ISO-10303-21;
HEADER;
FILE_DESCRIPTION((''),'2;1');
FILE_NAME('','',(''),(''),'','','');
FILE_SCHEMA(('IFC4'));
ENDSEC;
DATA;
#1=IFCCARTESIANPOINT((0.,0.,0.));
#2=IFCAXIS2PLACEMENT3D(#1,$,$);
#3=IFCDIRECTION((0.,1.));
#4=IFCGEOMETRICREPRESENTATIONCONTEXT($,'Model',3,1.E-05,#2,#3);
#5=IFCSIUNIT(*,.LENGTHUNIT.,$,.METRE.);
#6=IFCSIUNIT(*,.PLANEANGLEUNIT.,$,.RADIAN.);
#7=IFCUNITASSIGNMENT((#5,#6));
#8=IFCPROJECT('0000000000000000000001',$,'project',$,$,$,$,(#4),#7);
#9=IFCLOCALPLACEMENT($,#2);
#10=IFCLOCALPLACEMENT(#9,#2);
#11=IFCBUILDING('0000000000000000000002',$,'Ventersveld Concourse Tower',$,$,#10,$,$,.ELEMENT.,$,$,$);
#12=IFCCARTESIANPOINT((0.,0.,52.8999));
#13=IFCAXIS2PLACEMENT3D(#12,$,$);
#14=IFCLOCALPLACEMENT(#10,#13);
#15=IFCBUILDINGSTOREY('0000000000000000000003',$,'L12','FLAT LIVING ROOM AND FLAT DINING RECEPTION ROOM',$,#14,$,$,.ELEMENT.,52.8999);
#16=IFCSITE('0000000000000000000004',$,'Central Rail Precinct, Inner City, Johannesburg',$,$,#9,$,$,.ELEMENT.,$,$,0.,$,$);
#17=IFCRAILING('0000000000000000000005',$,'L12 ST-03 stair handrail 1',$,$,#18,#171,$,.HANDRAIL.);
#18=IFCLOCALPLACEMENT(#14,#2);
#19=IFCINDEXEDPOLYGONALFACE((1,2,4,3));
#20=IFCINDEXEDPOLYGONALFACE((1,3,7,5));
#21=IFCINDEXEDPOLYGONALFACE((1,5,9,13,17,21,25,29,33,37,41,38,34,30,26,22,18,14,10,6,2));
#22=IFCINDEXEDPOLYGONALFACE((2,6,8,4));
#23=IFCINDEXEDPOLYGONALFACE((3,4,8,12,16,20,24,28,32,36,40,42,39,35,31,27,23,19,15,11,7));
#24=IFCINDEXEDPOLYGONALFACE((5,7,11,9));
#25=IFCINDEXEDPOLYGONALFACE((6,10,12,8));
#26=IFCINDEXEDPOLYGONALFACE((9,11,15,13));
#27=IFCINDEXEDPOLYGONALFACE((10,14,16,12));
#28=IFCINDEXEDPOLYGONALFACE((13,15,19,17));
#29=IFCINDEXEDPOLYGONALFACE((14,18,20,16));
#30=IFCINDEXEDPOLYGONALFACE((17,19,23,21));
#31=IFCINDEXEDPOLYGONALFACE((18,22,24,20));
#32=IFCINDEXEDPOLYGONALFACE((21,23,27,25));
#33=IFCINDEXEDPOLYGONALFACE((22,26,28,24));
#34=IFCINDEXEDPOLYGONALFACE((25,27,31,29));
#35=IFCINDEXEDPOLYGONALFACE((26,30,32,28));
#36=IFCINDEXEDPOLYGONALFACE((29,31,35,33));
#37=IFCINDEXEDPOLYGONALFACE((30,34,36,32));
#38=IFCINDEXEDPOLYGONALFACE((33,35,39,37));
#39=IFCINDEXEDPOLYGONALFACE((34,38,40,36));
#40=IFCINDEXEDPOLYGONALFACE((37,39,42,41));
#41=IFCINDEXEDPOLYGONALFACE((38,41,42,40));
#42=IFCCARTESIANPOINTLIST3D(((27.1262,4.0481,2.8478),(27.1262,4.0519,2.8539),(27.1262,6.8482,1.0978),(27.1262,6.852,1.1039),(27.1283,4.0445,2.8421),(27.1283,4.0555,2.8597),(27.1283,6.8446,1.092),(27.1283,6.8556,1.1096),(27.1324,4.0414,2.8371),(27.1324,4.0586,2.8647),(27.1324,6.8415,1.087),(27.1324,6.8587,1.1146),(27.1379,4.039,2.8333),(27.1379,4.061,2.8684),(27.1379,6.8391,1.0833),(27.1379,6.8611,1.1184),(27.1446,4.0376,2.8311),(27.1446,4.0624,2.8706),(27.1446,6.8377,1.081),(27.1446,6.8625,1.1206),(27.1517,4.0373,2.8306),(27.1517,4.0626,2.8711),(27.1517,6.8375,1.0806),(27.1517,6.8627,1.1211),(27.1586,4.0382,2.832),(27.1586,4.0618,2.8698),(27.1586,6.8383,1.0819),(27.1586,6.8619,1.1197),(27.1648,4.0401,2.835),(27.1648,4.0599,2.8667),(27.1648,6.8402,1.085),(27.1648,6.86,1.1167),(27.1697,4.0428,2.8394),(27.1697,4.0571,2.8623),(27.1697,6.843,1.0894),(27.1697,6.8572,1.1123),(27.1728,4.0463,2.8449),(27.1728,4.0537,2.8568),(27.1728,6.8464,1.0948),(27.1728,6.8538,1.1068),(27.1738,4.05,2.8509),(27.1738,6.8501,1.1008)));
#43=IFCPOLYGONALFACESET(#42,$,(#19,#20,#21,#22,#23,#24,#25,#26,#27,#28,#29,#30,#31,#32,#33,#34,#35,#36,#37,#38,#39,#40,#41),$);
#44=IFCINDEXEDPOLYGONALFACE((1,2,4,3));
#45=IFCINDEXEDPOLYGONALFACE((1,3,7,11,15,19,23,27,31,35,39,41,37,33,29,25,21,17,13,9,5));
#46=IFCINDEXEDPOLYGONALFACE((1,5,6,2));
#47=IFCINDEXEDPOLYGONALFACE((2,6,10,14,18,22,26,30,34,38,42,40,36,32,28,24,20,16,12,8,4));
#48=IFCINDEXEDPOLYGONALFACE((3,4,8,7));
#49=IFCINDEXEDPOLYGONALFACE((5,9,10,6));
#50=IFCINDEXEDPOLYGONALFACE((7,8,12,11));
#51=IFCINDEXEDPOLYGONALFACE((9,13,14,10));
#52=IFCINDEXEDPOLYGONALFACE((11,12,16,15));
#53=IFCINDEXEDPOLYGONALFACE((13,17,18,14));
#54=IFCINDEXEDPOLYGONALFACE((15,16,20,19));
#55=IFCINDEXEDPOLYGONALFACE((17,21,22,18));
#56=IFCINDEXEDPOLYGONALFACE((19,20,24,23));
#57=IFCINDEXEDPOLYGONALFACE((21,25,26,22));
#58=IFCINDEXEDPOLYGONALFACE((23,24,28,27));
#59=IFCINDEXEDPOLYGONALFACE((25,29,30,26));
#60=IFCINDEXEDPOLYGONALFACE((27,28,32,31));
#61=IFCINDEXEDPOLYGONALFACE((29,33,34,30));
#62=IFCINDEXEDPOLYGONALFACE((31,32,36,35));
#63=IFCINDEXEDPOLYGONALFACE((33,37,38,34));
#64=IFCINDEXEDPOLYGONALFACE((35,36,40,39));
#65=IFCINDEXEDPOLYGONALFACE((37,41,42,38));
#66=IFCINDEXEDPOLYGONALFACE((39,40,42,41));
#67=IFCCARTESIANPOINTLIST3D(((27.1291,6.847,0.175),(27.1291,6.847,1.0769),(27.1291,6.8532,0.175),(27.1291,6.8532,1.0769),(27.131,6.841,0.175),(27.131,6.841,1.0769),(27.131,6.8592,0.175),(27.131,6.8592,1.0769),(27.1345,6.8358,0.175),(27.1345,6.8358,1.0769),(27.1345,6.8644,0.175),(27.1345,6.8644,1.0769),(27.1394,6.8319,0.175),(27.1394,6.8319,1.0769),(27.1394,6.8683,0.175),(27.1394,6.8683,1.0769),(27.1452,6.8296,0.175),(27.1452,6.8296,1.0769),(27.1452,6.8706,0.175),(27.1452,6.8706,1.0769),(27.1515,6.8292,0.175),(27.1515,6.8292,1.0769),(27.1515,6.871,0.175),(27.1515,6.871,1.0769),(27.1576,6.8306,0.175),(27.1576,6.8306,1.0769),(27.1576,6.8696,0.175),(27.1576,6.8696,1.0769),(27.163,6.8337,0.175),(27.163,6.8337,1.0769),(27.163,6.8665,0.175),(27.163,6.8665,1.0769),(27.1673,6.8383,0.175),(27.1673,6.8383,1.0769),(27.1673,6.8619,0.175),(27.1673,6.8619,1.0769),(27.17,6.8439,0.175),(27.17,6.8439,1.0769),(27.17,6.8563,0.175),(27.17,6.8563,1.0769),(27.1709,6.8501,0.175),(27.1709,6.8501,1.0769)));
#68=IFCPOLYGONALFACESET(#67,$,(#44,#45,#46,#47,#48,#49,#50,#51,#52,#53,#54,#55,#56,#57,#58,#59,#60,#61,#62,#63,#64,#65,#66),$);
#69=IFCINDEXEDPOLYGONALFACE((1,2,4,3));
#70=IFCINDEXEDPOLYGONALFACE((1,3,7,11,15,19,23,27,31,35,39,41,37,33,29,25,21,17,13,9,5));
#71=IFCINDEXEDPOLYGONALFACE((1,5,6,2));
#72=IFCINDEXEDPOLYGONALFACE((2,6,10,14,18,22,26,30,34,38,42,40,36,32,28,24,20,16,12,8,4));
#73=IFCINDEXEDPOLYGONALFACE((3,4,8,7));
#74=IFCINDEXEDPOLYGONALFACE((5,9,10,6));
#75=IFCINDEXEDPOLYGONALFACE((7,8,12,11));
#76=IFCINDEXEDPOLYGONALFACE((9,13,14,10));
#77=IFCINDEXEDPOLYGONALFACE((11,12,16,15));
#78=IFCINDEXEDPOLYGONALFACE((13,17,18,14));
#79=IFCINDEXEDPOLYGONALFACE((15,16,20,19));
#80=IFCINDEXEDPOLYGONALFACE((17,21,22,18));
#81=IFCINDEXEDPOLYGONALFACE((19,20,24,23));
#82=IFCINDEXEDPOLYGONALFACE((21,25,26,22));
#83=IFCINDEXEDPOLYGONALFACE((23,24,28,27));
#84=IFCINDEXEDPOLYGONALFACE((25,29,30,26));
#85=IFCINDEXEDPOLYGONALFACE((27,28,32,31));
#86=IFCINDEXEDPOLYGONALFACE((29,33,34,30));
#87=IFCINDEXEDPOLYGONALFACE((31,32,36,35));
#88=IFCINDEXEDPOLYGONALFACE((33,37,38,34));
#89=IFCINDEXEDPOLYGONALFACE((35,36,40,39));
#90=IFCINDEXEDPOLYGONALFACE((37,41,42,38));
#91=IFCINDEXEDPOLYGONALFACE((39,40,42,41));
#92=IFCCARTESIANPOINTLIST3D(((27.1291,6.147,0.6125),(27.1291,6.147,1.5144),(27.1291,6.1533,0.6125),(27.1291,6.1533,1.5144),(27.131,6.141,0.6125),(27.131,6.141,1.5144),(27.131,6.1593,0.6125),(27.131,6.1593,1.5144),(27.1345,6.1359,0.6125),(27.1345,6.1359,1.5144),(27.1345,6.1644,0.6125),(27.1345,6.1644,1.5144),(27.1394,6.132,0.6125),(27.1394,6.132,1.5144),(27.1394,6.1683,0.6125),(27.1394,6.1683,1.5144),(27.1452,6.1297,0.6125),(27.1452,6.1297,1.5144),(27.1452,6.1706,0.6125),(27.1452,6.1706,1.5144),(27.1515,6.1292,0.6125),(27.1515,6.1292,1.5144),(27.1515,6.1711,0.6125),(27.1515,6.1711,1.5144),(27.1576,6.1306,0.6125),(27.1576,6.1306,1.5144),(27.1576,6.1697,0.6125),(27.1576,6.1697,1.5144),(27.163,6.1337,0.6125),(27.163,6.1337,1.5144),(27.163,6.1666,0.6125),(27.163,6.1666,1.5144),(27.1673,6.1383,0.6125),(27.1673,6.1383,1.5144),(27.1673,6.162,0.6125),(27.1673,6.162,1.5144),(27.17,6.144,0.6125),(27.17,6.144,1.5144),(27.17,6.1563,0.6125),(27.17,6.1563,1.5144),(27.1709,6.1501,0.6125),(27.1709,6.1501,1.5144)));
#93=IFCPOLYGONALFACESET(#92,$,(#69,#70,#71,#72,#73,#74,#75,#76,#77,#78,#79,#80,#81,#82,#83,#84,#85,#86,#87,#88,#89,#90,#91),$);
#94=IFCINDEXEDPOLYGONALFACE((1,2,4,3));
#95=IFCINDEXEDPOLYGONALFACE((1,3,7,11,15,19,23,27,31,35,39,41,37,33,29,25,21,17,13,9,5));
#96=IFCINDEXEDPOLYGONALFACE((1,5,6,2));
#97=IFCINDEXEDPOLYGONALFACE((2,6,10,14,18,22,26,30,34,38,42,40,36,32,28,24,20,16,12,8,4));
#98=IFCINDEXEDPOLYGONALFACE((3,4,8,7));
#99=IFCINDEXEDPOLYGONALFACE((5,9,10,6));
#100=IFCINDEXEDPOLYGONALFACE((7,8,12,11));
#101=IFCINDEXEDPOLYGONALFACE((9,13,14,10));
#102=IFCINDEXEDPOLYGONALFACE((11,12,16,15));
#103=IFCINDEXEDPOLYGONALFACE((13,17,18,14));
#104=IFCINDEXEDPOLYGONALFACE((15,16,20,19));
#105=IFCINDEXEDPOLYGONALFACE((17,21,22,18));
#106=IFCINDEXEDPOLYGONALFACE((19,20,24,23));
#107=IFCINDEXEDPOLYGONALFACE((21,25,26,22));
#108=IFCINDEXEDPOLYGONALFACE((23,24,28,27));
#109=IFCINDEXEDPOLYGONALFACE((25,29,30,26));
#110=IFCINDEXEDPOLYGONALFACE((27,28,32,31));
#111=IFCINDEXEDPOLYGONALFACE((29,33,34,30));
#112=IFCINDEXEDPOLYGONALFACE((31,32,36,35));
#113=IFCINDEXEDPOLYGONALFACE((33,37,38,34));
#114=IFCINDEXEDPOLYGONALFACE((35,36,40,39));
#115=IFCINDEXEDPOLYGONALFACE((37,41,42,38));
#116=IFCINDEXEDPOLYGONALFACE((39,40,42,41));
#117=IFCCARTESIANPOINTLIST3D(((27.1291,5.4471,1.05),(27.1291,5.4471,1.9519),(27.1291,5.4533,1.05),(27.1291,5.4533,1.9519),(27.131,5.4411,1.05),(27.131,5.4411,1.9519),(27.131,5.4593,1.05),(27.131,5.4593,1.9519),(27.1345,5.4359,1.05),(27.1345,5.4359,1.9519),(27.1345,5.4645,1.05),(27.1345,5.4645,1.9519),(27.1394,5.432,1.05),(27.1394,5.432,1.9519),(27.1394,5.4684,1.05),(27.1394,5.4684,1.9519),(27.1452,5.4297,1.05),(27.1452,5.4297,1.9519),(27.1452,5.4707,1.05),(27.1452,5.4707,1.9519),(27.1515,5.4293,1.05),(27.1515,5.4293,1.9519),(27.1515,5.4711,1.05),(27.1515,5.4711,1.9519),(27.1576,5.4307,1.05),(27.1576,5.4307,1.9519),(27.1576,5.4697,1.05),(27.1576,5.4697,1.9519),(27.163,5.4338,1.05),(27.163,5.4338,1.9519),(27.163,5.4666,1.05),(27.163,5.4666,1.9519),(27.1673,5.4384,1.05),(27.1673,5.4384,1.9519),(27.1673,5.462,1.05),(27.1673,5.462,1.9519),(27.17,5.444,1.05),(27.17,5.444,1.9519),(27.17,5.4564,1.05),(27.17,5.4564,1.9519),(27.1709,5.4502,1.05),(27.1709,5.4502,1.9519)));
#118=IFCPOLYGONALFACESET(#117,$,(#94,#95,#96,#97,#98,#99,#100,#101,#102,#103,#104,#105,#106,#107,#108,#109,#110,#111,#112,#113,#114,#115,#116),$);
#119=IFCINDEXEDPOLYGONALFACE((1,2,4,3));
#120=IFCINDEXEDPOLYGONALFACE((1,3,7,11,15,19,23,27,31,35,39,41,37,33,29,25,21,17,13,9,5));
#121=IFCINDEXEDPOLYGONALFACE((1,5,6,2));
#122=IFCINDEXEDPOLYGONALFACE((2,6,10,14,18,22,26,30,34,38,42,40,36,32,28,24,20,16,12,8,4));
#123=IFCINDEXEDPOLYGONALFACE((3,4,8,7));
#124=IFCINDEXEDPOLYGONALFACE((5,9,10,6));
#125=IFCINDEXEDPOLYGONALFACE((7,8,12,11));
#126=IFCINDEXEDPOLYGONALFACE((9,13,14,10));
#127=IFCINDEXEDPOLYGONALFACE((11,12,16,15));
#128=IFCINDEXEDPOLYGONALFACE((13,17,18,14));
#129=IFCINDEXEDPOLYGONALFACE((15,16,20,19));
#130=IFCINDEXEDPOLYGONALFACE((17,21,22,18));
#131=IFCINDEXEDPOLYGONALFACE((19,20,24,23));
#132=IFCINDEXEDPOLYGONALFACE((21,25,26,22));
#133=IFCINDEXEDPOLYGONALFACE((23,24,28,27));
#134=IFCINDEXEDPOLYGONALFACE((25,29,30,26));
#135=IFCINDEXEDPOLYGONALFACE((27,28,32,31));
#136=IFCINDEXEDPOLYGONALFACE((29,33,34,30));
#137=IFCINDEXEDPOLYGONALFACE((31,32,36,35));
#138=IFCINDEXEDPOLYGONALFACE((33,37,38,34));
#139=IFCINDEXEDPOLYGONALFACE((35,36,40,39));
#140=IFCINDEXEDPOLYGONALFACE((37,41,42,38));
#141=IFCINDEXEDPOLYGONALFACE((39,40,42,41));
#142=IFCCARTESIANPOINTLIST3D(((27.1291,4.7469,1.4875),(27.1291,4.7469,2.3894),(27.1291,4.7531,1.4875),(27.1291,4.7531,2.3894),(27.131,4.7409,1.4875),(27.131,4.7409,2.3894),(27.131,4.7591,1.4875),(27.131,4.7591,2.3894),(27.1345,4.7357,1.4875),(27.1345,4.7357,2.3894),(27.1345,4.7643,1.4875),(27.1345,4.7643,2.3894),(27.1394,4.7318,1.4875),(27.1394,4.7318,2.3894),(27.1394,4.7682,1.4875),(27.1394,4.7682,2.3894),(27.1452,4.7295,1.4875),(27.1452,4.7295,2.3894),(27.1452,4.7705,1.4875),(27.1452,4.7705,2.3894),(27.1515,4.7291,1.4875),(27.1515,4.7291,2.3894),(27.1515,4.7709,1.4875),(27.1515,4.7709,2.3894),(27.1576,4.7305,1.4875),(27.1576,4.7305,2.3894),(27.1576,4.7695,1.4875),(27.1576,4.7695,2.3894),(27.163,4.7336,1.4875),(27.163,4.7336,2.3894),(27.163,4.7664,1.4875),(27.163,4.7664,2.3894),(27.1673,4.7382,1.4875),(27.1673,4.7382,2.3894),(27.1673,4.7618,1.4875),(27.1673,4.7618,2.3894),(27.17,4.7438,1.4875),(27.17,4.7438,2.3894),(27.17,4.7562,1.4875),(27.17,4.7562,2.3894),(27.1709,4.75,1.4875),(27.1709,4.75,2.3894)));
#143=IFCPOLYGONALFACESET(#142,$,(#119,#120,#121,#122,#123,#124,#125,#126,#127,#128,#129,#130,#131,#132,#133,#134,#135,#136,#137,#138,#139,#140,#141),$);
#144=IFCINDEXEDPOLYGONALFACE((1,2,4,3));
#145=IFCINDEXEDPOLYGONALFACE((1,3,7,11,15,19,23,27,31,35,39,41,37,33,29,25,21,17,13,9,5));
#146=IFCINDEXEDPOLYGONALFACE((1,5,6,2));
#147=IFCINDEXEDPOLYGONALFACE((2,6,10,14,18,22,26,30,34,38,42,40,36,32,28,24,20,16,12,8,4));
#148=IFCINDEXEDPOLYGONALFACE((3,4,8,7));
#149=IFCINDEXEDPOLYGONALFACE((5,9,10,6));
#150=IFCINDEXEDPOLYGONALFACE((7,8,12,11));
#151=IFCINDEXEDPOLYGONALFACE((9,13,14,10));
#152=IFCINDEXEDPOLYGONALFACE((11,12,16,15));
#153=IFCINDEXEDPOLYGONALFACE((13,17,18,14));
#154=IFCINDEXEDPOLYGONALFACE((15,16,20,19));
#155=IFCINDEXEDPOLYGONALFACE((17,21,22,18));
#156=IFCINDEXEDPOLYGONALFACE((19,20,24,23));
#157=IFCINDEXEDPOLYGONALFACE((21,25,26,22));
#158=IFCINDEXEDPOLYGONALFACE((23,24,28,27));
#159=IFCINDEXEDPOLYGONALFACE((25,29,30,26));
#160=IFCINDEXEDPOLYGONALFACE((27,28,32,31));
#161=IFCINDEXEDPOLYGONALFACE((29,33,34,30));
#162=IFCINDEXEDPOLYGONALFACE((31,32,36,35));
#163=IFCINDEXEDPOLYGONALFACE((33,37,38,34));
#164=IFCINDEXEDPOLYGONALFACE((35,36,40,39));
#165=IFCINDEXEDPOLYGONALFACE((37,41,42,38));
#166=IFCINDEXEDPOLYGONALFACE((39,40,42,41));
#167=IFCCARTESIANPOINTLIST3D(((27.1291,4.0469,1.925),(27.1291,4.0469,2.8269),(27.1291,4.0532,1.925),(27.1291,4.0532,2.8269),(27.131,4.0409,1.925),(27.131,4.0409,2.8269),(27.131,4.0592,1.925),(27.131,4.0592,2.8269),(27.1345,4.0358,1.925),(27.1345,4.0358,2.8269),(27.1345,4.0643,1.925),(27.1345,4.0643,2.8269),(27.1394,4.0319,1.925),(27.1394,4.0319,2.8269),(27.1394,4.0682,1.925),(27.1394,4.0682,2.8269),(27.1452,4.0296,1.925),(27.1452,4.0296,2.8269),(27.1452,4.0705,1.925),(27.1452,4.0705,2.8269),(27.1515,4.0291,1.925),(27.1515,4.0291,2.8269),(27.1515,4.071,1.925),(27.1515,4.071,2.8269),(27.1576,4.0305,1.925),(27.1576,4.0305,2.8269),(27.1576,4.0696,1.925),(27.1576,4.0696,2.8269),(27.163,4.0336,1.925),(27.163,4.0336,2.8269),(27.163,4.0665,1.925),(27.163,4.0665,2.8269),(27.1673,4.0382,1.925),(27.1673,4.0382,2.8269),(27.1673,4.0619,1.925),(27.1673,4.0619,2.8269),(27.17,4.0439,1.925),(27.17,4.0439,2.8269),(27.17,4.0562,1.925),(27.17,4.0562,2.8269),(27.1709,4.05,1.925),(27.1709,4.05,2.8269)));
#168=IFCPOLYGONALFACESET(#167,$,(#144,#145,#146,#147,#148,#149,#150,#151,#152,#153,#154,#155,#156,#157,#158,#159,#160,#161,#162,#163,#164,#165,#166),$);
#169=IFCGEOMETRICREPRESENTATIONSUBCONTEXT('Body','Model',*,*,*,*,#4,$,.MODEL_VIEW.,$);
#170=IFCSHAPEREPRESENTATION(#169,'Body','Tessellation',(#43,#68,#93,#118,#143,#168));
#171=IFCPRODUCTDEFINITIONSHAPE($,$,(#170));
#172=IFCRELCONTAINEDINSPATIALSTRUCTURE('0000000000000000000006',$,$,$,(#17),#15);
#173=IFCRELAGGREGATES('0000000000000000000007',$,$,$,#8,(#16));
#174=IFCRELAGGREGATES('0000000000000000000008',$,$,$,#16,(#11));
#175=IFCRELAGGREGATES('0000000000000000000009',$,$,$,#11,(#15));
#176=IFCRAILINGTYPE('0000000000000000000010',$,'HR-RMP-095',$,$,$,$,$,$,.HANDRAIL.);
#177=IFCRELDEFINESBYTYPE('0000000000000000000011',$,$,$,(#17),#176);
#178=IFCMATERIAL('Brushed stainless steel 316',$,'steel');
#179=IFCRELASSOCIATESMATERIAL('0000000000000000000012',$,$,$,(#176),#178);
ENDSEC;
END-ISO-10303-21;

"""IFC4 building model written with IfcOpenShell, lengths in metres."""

from ifc_helpers import new_model, si_unit, direction, frame, origin, origin_2d, place, context, subcontext, project, spatial, circle, extrude, material, type_object, element, save


model = new_model("IFC4")

# Units and contexts
model_context = context("Model", 3, precision=1e-05, world=origin(), true_north=direction((0.0, 1.0)))
body_context = subcontext(model_context, "Body", "Model", "MODEL_VIEW")
ifc_project = project(units=[si_unit("LENGTHUNIT", "METRE"), si_unit("PLANEANGLEUNIT", "RADIAN")], contexts=[model_context])

# Site, building, storey
site_placement = place(None, origin())
site = spatial("IfcSite", under=ifc_project, at=site_placement, Name="Central Rail Precinct, Inner City, Johannesburg", CompositionType="ELEMENT", RefElevation=0.0)
building_placement = place(site_placement, origin())
building = spatial("IfcBuilding", under=site, at=building_placement, Name="Ventersveld Concourse Tower", CompositionType="ELEMENT")
storey_placement = place(building_placement, frame((0.0, 0.0, 52.8999)))
storey = spatial("IfcBuildingStorey", under=building, at=storey_placement, Name="L12", Description="FLAT LIVING ROOM AND FLAT DINING RECEPTION ROOM", CompositionType="ELEMENT", Elevation=52.8999)

# Shared definitions
ifc_material_1 = material(Name="Brushed stainless steel 316", Category="steel")

# Railing
railing_type_1 = type_object("IfcRailingType", Name="HR-RMP-095", PredefinedType="HANDRAIL", material=ifc_material_1)
railing_1_placement = place(storey_placement, frame((27.1499, 6.8501, 0.175)))
element("IfcRailing", 1, at=railing_1_placement, inside=storey, type_object=railing_type_1, Name="L12 ST-03 stair handrail 1", PredefinedType="HANDRAIL", context=body_context, shape_type="SweptSolid", body=[
    extrude(circle(Radius=0.0239, at=origin_2d()), frame((0.0, 0.0, 0.9258), z_axis=(0.0, -0.848002, 0.529992), x_axis=(1.0, 0.0, 0.0)), (0.0, 0.0, 1.0), 3.302),
    extrude(circle(Radius=0.021, at=origin_2d()), origin(), (0.0, 0.0, 1.0), 0.9019),
    extrude(circle(Radius=0.021, at=origin_2d()), frame((0.0, -0.7, 0.4375)), (0.0, 0.0, 1.0), 0.9019),
    extrude(circle(Radius=0.021, at=origin_2d()), frame((0.0, -1.3999, 0.875)), (0.0, 0.0, 1.0), 0.9019),
    extrude(circle(Radius=0.021, at=origin_2d()), frame((0.0, -2.1001, 1.3125)), (0.0, 0.0, 1.0), 0.9019),
    extrude(circle(Radius=0.021, at=origin_2d()), frame((0.0, -2.8, 1.75)), (0.0, 0.0, 1.0), 0.9019),
])

save(model, "model.ifc")
